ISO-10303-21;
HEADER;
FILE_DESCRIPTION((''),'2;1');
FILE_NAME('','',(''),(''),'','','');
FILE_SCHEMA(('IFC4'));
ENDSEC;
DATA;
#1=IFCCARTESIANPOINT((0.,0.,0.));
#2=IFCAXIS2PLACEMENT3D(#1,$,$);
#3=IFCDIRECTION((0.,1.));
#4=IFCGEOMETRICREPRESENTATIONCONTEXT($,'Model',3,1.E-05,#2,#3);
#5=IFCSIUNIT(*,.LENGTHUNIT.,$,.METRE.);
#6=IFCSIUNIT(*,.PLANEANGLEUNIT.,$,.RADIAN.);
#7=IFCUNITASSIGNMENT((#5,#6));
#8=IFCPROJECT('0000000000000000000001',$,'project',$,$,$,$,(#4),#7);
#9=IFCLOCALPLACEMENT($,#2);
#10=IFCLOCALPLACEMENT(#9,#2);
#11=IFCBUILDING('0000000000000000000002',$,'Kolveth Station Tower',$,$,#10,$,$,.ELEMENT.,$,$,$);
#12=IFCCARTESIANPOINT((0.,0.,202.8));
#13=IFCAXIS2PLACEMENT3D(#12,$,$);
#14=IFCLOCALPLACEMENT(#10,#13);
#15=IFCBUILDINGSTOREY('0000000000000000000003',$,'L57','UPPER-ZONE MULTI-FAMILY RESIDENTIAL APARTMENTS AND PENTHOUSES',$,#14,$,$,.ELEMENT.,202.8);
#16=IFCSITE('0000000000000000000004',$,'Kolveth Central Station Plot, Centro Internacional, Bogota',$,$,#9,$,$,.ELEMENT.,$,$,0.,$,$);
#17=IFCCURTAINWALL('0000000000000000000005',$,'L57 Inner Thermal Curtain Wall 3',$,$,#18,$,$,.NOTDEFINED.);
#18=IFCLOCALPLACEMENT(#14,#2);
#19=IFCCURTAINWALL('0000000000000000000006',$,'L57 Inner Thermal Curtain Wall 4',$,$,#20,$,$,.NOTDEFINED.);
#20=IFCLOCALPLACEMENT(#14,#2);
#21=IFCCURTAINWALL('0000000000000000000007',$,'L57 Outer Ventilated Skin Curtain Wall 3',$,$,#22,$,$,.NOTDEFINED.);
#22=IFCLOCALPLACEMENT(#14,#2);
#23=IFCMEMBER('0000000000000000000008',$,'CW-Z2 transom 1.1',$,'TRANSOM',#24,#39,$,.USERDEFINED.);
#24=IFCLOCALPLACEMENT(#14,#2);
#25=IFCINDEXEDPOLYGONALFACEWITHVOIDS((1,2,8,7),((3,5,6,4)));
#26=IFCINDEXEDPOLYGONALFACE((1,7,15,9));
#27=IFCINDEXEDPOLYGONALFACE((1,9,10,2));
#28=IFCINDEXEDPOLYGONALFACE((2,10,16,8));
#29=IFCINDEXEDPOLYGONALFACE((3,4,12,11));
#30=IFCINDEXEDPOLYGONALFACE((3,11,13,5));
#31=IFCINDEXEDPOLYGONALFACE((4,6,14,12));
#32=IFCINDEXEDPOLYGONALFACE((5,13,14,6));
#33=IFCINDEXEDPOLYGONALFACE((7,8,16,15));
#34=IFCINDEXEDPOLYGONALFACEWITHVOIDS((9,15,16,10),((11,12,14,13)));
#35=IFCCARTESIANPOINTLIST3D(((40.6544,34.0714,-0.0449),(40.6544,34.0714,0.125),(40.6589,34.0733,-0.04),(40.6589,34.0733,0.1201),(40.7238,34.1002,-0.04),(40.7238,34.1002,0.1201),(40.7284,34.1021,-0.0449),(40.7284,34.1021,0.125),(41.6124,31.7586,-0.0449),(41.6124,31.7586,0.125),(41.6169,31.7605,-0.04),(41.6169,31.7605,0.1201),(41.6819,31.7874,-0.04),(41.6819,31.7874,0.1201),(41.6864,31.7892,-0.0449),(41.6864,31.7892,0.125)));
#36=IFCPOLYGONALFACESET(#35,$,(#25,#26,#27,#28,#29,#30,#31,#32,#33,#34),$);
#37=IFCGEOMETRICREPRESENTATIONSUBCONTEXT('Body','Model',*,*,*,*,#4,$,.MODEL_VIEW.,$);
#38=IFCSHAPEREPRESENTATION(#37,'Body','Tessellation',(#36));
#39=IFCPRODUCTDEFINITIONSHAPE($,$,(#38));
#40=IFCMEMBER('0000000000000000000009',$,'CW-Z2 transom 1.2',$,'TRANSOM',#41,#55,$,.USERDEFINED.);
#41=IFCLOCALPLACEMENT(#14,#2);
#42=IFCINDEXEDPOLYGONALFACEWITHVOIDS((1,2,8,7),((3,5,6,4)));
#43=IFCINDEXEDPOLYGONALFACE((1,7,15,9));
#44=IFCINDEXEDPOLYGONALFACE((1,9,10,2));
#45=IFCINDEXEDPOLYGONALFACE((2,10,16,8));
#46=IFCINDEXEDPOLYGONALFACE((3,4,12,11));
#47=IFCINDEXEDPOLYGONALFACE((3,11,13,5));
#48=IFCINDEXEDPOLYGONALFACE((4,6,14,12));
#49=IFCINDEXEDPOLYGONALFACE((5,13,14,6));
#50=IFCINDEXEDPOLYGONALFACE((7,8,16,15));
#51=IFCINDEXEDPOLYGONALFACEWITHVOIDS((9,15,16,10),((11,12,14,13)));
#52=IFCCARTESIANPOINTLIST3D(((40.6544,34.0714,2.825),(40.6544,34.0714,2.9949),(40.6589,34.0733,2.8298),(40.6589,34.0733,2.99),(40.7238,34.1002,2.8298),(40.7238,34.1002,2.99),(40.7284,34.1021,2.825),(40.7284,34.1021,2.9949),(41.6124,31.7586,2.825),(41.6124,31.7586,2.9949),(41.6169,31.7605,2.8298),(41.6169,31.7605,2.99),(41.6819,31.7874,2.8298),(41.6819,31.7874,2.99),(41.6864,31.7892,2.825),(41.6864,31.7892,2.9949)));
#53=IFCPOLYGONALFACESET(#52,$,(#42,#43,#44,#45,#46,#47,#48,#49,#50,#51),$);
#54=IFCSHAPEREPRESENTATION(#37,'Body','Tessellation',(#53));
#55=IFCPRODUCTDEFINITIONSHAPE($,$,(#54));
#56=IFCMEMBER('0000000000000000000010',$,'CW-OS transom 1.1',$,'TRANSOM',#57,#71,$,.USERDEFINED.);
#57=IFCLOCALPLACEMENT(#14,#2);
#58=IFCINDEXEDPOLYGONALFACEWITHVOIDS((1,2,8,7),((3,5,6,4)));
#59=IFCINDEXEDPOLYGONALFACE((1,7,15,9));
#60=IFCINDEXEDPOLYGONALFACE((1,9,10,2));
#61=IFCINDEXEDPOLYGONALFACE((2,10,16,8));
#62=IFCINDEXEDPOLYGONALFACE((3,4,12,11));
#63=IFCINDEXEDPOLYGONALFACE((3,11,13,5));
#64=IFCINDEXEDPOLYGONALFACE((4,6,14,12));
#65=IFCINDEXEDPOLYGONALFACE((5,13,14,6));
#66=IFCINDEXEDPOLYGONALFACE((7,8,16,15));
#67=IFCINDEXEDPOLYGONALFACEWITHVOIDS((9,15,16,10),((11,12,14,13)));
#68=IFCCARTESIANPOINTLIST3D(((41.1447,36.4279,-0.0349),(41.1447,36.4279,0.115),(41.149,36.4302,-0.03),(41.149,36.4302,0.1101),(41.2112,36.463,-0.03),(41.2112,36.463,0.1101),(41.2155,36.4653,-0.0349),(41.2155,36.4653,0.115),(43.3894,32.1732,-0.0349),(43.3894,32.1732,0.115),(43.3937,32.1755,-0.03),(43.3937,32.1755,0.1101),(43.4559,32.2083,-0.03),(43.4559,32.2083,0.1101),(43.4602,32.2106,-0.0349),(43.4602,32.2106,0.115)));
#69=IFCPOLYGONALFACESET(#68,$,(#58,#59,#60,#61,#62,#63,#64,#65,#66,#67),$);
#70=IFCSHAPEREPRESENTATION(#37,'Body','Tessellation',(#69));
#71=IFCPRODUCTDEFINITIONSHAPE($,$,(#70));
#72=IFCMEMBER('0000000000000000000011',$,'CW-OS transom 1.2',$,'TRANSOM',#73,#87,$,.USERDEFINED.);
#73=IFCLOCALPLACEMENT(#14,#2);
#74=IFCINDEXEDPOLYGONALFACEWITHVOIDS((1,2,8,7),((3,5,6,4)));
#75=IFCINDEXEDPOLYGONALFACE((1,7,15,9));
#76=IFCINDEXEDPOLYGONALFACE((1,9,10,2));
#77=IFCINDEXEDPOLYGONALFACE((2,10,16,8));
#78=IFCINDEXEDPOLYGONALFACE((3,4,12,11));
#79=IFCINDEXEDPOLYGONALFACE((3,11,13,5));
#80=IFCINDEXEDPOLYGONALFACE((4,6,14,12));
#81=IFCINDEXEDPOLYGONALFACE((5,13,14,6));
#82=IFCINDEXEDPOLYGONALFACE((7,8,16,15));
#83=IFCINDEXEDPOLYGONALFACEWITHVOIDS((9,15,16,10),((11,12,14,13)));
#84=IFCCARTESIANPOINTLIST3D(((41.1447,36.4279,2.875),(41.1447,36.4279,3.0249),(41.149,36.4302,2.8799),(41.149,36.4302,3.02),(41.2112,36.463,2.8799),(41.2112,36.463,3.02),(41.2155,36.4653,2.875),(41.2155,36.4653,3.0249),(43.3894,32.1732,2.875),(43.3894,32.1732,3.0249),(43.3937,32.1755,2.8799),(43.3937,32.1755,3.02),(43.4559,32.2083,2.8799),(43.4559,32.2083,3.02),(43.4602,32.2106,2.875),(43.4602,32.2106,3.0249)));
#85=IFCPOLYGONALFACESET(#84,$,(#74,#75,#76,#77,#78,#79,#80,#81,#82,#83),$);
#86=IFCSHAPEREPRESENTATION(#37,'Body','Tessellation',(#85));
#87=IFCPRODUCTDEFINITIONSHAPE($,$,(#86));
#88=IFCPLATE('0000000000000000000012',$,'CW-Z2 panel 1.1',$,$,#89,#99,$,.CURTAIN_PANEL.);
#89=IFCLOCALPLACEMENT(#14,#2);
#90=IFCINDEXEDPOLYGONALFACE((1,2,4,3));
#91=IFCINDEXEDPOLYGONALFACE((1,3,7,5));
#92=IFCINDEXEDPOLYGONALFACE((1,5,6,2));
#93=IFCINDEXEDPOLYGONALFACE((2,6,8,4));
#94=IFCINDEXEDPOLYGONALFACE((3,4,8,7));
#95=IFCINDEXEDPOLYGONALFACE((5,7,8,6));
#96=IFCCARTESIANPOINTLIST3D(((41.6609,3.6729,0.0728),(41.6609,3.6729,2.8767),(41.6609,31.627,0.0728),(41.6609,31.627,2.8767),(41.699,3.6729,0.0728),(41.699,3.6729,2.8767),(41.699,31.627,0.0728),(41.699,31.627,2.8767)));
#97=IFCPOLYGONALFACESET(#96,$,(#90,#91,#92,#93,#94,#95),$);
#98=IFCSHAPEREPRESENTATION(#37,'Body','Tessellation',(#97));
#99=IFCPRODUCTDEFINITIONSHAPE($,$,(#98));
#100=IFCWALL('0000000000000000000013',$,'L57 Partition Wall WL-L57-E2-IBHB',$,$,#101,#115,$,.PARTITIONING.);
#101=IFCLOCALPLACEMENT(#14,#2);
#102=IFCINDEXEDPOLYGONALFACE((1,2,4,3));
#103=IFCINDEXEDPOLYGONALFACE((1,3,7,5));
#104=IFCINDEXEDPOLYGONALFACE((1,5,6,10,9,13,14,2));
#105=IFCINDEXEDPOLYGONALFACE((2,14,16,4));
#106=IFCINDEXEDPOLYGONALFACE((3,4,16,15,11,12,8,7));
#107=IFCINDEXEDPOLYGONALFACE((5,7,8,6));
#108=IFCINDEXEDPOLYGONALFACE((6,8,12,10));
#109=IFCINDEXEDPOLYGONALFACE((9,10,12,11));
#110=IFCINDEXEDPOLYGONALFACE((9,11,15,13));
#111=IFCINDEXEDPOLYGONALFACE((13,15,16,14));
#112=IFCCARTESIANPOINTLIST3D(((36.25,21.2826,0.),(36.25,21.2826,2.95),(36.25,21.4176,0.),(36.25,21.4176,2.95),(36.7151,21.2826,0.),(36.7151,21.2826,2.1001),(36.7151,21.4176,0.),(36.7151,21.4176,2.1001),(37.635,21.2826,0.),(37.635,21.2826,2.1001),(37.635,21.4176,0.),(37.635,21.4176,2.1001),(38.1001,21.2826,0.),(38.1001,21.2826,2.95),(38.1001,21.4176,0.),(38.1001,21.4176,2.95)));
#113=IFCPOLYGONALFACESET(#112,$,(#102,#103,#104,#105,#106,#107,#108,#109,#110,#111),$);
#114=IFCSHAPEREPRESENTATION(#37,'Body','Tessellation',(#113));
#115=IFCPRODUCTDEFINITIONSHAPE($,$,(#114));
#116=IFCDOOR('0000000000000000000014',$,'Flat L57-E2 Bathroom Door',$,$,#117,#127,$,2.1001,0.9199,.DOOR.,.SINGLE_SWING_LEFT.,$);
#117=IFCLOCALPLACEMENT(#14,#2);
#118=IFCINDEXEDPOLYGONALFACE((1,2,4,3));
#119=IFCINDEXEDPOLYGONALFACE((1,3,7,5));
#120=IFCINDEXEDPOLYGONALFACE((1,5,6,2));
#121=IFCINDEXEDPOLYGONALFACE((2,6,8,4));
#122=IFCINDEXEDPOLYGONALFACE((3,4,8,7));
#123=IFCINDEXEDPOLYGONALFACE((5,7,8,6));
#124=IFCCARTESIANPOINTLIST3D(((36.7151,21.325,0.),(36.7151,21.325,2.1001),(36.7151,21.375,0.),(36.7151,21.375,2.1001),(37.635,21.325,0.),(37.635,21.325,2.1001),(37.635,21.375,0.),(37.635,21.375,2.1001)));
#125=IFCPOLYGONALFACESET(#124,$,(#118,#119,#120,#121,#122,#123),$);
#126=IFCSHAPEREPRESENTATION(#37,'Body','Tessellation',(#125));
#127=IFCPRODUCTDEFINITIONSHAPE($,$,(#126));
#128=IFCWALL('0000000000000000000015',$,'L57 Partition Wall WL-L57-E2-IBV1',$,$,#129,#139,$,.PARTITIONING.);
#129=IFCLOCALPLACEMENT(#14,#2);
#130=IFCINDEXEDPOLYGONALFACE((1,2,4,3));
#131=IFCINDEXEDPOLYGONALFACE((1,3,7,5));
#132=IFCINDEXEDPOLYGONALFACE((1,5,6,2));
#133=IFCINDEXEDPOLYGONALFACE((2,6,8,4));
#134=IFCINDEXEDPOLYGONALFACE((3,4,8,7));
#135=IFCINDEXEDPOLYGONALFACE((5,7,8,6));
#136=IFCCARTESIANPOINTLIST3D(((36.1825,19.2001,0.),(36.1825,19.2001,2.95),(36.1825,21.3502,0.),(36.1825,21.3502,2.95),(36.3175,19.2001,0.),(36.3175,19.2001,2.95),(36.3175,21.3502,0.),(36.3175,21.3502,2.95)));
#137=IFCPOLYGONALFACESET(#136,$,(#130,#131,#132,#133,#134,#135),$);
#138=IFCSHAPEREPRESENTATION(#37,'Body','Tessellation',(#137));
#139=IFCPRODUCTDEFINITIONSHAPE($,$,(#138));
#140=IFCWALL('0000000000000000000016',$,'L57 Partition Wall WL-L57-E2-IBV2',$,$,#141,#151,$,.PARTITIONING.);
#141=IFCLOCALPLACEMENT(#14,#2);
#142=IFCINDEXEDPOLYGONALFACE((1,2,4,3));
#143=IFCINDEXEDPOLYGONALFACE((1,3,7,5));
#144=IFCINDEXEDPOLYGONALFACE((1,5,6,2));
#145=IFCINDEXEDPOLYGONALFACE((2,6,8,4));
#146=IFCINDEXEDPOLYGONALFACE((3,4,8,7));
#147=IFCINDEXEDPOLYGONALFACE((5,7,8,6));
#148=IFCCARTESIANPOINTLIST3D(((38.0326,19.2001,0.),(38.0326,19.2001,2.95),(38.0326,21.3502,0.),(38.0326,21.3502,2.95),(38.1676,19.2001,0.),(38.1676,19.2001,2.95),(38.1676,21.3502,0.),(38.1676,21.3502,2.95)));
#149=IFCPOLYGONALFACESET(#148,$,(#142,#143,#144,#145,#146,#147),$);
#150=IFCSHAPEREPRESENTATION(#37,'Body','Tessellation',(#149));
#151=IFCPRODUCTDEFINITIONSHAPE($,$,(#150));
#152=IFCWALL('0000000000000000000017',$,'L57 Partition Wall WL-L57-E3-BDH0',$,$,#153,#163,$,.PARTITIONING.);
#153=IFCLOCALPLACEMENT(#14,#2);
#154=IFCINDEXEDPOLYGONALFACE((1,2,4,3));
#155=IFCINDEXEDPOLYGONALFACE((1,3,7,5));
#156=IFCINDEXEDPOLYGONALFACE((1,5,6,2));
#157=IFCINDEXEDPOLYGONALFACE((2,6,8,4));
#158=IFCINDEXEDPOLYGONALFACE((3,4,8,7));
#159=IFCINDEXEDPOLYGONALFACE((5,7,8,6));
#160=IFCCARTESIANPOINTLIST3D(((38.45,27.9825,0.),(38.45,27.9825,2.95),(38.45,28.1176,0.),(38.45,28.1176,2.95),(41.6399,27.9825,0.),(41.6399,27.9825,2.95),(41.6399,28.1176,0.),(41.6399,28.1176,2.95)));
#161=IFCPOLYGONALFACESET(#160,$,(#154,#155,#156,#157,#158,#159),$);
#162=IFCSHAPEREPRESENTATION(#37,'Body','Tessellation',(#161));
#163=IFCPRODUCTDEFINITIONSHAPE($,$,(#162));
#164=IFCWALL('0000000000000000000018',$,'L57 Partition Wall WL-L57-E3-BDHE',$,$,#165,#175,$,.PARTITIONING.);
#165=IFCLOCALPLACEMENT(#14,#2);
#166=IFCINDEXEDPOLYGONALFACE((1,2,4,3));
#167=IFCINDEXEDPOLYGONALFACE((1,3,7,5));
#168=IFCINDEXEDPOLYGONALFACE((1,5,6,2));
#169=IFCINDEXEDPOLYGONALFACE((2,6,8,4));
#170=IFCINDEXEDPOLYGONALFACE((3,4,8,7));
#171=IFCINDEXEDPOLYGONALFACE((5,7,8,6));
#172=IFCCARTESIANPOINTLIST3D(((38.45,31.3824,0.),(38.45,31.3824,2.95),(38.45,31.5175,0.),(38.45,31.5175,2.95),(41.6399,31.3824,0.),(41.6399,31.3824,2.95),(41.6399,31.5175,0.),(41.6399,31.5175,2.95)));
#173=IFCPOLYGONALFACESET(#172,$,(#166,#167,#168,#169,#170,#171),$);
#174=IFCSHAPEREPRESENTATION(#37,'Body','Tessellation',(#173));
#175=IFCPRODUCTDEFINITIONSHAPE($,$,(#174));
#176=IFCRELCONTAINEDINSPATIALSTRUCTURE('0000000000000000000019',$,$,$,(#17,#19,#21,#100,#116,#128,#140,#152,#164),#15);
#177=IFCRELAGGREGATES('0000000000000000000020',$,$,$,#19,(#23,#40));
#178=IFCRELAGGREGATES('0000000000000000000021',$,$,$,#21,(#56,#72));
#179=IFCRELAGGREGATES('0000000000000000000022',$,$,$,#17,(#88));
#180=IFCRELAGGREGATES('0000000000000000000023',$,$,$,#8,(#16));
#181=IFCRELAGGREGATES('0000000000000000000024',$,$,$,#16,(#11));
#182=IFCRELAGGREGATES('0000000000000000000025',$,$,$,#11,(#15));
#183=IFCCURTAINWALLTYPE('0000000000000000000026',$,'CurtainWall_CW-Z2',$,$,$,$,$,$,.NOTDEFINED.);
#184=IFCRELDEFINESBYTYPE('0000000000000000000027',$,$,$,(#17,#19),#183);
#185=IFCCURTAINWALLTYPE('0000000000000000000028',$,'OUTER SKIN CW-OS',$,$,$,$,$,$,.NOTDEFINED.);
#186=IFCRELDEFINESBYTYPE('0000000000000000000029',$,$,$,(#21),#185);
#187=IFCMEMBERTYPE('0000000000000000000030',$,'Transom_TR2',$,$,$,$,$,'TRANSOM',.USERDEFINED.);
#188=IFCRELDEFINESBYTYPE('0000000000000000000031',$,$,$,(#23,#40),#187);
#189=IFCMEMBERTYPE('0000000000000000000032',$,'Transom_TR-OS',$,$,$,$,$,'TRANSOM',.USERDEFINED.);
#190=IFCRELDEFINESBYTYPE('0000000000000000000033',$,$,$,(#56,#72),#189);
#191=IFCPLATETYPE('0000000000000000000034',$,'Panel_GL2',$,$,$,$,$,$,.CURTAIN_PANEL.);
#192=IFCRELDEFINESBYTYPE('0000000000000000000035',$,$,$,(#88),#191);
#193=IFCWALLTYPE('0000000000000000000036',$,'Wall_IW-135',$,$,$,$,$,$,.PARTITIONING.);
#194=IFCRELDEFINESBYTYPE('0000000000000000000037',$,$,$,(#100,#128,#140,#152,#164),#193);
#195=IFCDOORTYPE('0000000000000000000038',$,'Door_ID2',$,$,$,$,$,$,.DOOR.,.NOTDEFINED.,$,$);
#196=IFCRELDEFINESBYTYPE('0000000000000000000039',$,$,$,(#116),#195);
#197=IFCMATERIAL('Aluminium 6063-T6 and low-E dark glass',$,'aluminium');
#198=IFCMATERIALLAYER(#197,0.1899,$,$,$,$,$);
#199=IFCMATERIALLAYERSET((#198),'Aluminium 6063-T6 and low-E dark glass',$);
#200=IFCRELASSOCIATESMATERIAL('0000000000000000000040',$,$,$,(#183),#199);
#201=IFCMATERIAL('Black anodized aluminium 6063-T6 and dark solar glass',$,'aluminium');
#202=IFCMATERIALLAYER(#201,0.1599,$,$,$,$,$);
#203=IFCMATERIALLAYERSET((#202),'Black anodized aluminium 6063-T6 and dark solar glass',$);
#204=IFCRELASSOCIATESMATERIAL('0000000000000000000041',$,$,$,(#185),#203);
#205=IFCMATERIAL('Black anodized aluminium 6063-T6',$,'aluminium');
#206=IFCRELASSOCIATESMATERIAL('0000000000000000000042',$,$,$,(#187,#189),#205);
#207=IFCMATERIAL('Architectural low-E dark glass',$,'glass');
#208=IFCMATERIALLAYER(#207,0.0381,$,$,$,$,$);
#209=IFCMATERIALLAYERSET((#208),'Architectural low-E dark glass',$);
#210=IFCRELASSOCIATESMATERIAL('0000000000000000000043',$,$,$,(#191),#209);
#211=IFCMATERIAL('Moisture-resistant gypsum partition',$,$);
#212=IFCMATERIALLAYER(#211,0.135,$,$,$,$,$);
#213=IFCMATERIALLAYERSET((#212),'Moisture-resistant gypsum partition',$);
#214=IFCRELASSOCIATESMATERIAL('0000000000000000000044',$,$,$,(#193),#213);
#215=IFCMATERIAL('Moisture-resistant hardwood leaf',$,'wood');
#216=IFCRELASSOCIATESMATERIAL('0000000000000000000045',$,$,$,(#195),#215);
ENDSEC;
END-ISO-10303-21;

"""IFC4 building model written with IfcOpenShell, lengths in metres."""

from ifc_helpers import new_model, si_unit, direction, frame, frame_2d, origin, origin_2d, place, context, subcontext, project, spatial, rectangle, hollow_rectangle, extrude, source, transform, mapped, material, layer, layer_set, material_profile, profile_set, type_object, element, fill, aggregate, save


model = new_model("IFC4")

# Units and contexts
model_context = context("Model", 3, precision=1e-05, world=origin(), true_north=direction((0.0, 1.0)))
body_context = subcontext(model_context, "Body", "Model", "MODEL_VIEW")
ifc_project = project(units=[si_unit("LENGTHUNIT", "METRE"), si_unit("PLANEANGLEUNIT", "RADIAN")], contexts=[model_context])

# Site, building, storey
site_placement = place(None, origin())
site = spatial("IfcSite", under=ifc_project, at=site_placement, Name="Kolveth Central Station Plot, Centro Internacional, Bogota", CompositionType="ELEMENT", RefElevation=0.0)
building_placement = place(site_placement, origin())
building = spatial("IfcBuilding", under=site, at=building_placement, Name="Kolveth Station Tower", CompositionType="ELEMENT")
storey_placement = place(building_placement, frame((0.0, 0.0, 202.8)))
storey = spatial("IfcBuildingStorey", under=building, at=storey_placement, Name="L57", Description="UPPER-ZONE MULTI-FAMILY RESIDENTIAL APARTMENTS AND PENTHOUSES", CompositionType="ELEMENT", Elevation=202.8)

# Curtain walls
ifc_material_1 = material(Name="Aluminium 6063-T6 and low-E dark glass", Category="aluminium")
ifc_layer_1 = layer(ifc_material_1, 0.1899)
ifc_layer_set_1 = layer_set([ifc_layer_1], Name="Aluminium 6063-T6 and low-E dark glass")
curtain_wall_type_1 = type_object("IfcCurtainWallType", Name="CurtainWall_CW-Z2", PredefinedType="NOTDEFINED", material=ifc_layer_set_1)
curtain_wall_1_placement = place(storey_placement, origin())
curtain_wall_1 = element("IfcCurtainWall", 1, at=curtain_wall_1_placement, inside=storey, type_object=curtain_wall_type_1, Name="L57 Inner Thermal Curtain Wall 3", PredefinedType="NOTDEFINED")
ifc_material_2 = material(Name="Black anodized aluminium 6063-T6", Category="aluminium")
curtain_wall_2_placement = place(storey_placement, origin())
curtain_wall_2 = element("IfcCurtainWall", 2, at=curtain_wall_2_placement, inside=storey, type_object=curtain_wall_type_1, Name="L57 Inner Thermal Curtain Wall 4", PredefinedType="NOTDEFINED")
ifc_material_3 = material(Name="Black anodized aluminium 6063-T6 and dark solar glass", Category="aluminium")
ifc_layer_2 = layer(ifc_material_3, 0.1599)
ifc_layer_set_2 = layer_set([ifc_layer_2], Name="Black anodized aluminium 6063-T6 and dark solar glass")
curtain_wall_type_2 = type_object("IfcCurtainWallType", Name="OUTER SKIN CW-OS", PredefinedType="NOTDEFINED", material=ifc_layer_set_2)
curtain_wall_3_placement = place(storey_placement, origin())
curtain_wall_3 = element("IfcCurtainWall", 3, at=curtain_wall_3_placement, inside=storey, type_object=curtain_wall_type_2, Name="L57 Outer Ventilated Skin Curtain Wall 3", PredefinedType="NOTDEFINED")

# Members
ifc_material_profile_1 = material_profile(ifc_material_2, hollow_rectangle(XDim=0.0801, YDim=0.1699, WallThickness=0.0049, at=origin_2d()), Name="ALU-80x170x5")
ifc_profile_set_1 = profile_set([ifc_material_profile_1], Name="Black anodized aluminium 6063-T6")
member_type_1 = type_object("IfcMemberType", Name="Transom_TR2", ElementType="TRANSOM", PredefinedType="USERDEFINED", material=ifc_profile_set_1)
shared_shape_1 = source(origin(), body_context, "Body", "SweptSolid", [
    extrude(hollow_rectangle(XDim=0.0801, YDim=0.1699, WallThickness=0.0049, at=origin_2d()), origin(), (0.0, 0.0, 1.0), 2.5034),
])
member_1_placement = place(storey_placement, frame((41.6494, 31.7739, 0.04), z_axis=(-0.382696, 0.923874, 0.0), x_axis=(-0.923874, -0.382696, 0.0)))
member_1 = element("IfcMember", 4, at=member_1_placement, type_object=member_type_1, Name="CW-Z2 transom 1.1", ObjectType="TRANSOM", PredefinedType="USERDEFINED", context=body_context, shape_type="MappedRepresentation", body=[
    mapped(shared_shape_1, transform((0.0, 0.0, 0.0), x_axis=(1.0, 0.0, 0.0), y_axis=(0.0, 1.0, 0.0), z_axis=(0.0, 0.0, 1.0), scale=1.0)),
])
member_2_placement = place(storey_placement, frame((41.6494, 31.7739, 2.9099), z_axis=(-0.382696, 0.923874, 0.0), x_axis=(-0.923874, -0.382696, 0.0)))
member_2 = element("IfcMember", 5, at=member_2_placement, type_object=member_type_1, Name="CW-Z2 transom 1.2", ObjectType="TRANSOM", PredefinedType="USERDEFINED", context=body_context, shape_type="MappedRepresentation", body=[
    mapped(shared_shape_1, transform((0.0, 0.0, 0.0), x_axis=(1.0, 0.0, 0.0), y_axis=(0.0, 1.0, 0.0), z_axis=(0.0, 0.0, 1.0), scale=1.0)),
])
aggregate(curtain_wall_2, [member_1, member_2])
ifc_material_profile_2 = material_profile(ifc_material_2, hollow_rectangle(XDim=0.0801, YDim=0.1499, WallThickness=0.0049, at=origin_2d()), Name="ALU-80x150x5")
ifc_profile_set_2 = profile_set([ifc_material_profile_2], Name="Black anodized aluminium 6063-T6")
member_type_2 = type_object("IfcMemberType", Name="Transom_TR-OS", ElementType="TRANSOM", PredefinedType="USERDEFINED", material=ifc_profile_set_2)
shared_shape_2 = source(origin(), body_context, "Body", "SweptSolid", [
    extrude(hollow_rectangle(XDim=0.0801, YDim=0.1499, WallThickness=0.0049, at=origin_2d()), origin(), (0.0, 0.0, 1.0), 4.8105),
])
member_3_placement = place(storey_placement, frame((43.4248, 32.1919, 0.04), z_axis=(-0.466616, 0.88446, 0.0), x_axis=(-0.88446, -0.466616, 0.0)))
member_3 = element("IfcMember", 6, at=member_3_placement, type_object=member_type_2, Name="CW-OS transom 1.1", ObjectType="TRANSOM", PredefinedType="USERDEFINED", context=body_context, shape_type="MappedRepresentation", body=[
    mapped(shared_shape_2, transform((0.0, 0.0, 0.0), x_axis=(1.0, 0.0, 0.0), y_axis=(0.0, 1.0, 0.0), z_axis=(0.0, 0.0, 1.0), scale=1.0)),
])
member_4_placement = place(storey_placement, frame((43.4248, 32.1919, 2.95), z_axis=(-0.466616, 0.88446, 0.0), x_axis=(-0.88446, -0.466616, 0.0)))
member_4 = element("IfcMember", 7, at=member_4_placement, type_object=member_type_2, Name="CW-OS transom 1.2", ObjectType="TRANSOM", PredefinedType="USERDEFINED", context=body_context, shape_type="MappedRepresentation", body=[
    mapped(shared_shape_2, transform((0.0, 0.0, 0.0), x_axis=(1.0, 0.0, 0.0), y_axis=(0.0, 1.0, 0.0), z_axis=(0.0, 0.0, 1.0), scale=1.0)),
])
aggregate(curtain_wall_3, [member_3, member_4])

# Plate
ifc_material_4 = material(Name="Architectural low-E dark glass", Category="glass")
ifc_layer_3 = layer(ifc_material_4, 0.0381)
ifc_layer_set_3 = layer_set([ifc_layer_3], Name="Architectural low-E dark glass")
plate_type = type_object("IfcPlateType", Name="Panel_GL2", PredefinedType="CURTAIN_PANEL", material=ifc_layer_set_3)
shared_shape_3 = source(origin(), body_context, "Body", "SweptSolid", [
    extrude(rectangle(XDim=27.9541, YDim=0.0381, at=origin_2d()), origin(), (0.0, 0.0, 1.0), 2.804),
])
plate_placement = place(storey_placement, frame((41.6799, 17.6499, 0.0728), z_axis=(0.0, 0.0, 1.0), x_axis=(0.0, 1.0, 0.0)))
plate = element("IfcPlate", 8, at=plate_placement, type_object=plate_type, Name="CW-Z2 panel 1.1", PredefinedType="CURTAIN_PANEL", context=body_context, shape_type="MappedRepresentation", body=[
    mapped(shared_shape_3, transform((0.0, 0.0, 0.0), x_axis=(1.0, 0.0, 0.0), y_axis=(0.0, 1.0, 0.0), z_axis=(0.0, 0.0, 1.0), scale=1.0)),
])
aggregate(curtain_wall_1, [plate])

# Wall, opening, door
ifc_material_5 = material(Name="Moisture-resistant gypsum partition")
ifc_layer_4 = layer(ifc_material_5, 0.135)
ifc_layer_set_4 = layer_set([ifc_layer_4], Name="Moisture-resistant gypsum partition")
wall_type = type_object("IfcWallType", Name="Wall_IW-135", PredefinedType="PARTITIONING", material=ifc_layer_set_4)
wall_1_placement = place(storey_placement, frame((36.25, 21.3501, 0.0), z_axis=(0.0, 0.0, 1.0), x_axis=(1.0, 0.0, 0.0)))
wall_1 = element("IfcWall", 9, at=wall_1_placement, inside=storey, type_object=wall_type, Name="L57 Partition Wall WL-L57-E2-IBHB", PredefinedType="PARTITIONING", context=body_context, shape_type="SweptSolid", body=[
    extrude(rectangle(XDim=1.8501, YDim=0.135, at=frame_2d((0.925, 0.0))), origin(), (0.0, 0.0, 1.0), 2.95),
])
opening_1_placement = place(wall_1_placement, frame((0.4651, 0.0, 0.0)))
opening_1 = element("IfcOpeningElement", 10, at=opening_1_placement, cuts=wall_1, PredefinedType="OPENING", context=body_context, shape_type="SweptSolid", body=[
    extrude(rectangle(XDim=0.9199, YDim=2.1001, at=frame_2d((0.46, 1.05))), frame((0.0, 0.0774, 0.0), z_axis=(0.0, -1.0, 0.0), x_axis=(1.0, 0.0, 0.0)), (0.0, 0.0, 1.0), 0.155),
])
ifc_material_6 = material(Name="Moisture-resistant hardwood leaf", Category="wood")
door_type_1 = type_object("IfcDoorType", Name="Door_ID2", OperationType="NOTDEFINED", PredefinedType="DOOR", material=ifc_material_6)
door_1_placement = place(opening_1_placement, origin())
door_1 = element("IfcDoor", 11, at=door_1_placement, inside=storey, type_object=door_type_1, Name="Flat L57-E2 Bathroom Door", OperationType="SINGLE_SWING_LEFT", OverallHeight=2.1001, OverallWidth=0.9199, PredefinedType="DOOR", context=body_context, shape_type="SweptSolid", body=[
    extrude(rectangle(XDim=0.9199, YDim=2.1001, at=frame_2d((0.46, 1.05))), frame((0.0, 0.0249, 0.0), z_axis=(0.0, -1.0, 0.0), x_axis=(1.0, 0.0, 0.0)), (0.0, 0.0, 1.0), 0.05),
])
fill(opening_1, door_1)

# Walls
for number, where, z_axis, x_axis, name in (
    (12, (36.25, 19.2, 0.0), (0.0, 0.0, 1.0), (0.0, 1.0, 0.0), "L57 Partition Wall WL-L57-E2-IBV1"),
    (13, (38.1001, 19.2, 0.0), (0.0, 0.0, 1.0), (0.0, 1.0, 0.0), "L57 Partition Wall WL-L57-E2-IBV2"),
):
    element("IfcWall", number, at=place(storey_placement, frame(where, z_axis=z_axis, x_axis=x_axis)), inside=storey, type_object=wall_type, Name=name, PredefinedType="PARTITIONING", context=body_context, shape_type="SweptSolid", body=[
        extrude(rectangle(XDim=2.1501, YDim=0.135, at=frame_2d((1.0752, 0.0))), origin(), (0.0, 0.0, 1.0), 2.95),
    ])
for number, where, z_axis, x_axis, name in (
    (14, (38.45, 28.05, 0.0), (0.0, 0.0, 1.0), (1.0, 0.0, 0.0), "L57 Partition Wall WL-L57-E3-BDH0"),
    (15, (38.45, 31.45, 0.0), (0.0, 0.0, 1.0), (1.0, 0.0, 0.0), "L57 Partition Wall WL-L57-E3-BDHE"),
):
    element("IfcWall", number, at=place(storey_placement, frame(where, z_axis=z_axis, x_axis=x_axis)), inside=storey, type_object=wall_type, Name=name, PredefinedType="PARTITIONING", context=body_context, shape_type="SweptSolid", body=[
        extrude(rectangle(XDim=3.1899, YDim=0.135, at=frame_2d((1.595, 0.0))), origin(), (0.0, 0.0, 1.0), 2.95),
    ])

save(model, "model.ifc")
